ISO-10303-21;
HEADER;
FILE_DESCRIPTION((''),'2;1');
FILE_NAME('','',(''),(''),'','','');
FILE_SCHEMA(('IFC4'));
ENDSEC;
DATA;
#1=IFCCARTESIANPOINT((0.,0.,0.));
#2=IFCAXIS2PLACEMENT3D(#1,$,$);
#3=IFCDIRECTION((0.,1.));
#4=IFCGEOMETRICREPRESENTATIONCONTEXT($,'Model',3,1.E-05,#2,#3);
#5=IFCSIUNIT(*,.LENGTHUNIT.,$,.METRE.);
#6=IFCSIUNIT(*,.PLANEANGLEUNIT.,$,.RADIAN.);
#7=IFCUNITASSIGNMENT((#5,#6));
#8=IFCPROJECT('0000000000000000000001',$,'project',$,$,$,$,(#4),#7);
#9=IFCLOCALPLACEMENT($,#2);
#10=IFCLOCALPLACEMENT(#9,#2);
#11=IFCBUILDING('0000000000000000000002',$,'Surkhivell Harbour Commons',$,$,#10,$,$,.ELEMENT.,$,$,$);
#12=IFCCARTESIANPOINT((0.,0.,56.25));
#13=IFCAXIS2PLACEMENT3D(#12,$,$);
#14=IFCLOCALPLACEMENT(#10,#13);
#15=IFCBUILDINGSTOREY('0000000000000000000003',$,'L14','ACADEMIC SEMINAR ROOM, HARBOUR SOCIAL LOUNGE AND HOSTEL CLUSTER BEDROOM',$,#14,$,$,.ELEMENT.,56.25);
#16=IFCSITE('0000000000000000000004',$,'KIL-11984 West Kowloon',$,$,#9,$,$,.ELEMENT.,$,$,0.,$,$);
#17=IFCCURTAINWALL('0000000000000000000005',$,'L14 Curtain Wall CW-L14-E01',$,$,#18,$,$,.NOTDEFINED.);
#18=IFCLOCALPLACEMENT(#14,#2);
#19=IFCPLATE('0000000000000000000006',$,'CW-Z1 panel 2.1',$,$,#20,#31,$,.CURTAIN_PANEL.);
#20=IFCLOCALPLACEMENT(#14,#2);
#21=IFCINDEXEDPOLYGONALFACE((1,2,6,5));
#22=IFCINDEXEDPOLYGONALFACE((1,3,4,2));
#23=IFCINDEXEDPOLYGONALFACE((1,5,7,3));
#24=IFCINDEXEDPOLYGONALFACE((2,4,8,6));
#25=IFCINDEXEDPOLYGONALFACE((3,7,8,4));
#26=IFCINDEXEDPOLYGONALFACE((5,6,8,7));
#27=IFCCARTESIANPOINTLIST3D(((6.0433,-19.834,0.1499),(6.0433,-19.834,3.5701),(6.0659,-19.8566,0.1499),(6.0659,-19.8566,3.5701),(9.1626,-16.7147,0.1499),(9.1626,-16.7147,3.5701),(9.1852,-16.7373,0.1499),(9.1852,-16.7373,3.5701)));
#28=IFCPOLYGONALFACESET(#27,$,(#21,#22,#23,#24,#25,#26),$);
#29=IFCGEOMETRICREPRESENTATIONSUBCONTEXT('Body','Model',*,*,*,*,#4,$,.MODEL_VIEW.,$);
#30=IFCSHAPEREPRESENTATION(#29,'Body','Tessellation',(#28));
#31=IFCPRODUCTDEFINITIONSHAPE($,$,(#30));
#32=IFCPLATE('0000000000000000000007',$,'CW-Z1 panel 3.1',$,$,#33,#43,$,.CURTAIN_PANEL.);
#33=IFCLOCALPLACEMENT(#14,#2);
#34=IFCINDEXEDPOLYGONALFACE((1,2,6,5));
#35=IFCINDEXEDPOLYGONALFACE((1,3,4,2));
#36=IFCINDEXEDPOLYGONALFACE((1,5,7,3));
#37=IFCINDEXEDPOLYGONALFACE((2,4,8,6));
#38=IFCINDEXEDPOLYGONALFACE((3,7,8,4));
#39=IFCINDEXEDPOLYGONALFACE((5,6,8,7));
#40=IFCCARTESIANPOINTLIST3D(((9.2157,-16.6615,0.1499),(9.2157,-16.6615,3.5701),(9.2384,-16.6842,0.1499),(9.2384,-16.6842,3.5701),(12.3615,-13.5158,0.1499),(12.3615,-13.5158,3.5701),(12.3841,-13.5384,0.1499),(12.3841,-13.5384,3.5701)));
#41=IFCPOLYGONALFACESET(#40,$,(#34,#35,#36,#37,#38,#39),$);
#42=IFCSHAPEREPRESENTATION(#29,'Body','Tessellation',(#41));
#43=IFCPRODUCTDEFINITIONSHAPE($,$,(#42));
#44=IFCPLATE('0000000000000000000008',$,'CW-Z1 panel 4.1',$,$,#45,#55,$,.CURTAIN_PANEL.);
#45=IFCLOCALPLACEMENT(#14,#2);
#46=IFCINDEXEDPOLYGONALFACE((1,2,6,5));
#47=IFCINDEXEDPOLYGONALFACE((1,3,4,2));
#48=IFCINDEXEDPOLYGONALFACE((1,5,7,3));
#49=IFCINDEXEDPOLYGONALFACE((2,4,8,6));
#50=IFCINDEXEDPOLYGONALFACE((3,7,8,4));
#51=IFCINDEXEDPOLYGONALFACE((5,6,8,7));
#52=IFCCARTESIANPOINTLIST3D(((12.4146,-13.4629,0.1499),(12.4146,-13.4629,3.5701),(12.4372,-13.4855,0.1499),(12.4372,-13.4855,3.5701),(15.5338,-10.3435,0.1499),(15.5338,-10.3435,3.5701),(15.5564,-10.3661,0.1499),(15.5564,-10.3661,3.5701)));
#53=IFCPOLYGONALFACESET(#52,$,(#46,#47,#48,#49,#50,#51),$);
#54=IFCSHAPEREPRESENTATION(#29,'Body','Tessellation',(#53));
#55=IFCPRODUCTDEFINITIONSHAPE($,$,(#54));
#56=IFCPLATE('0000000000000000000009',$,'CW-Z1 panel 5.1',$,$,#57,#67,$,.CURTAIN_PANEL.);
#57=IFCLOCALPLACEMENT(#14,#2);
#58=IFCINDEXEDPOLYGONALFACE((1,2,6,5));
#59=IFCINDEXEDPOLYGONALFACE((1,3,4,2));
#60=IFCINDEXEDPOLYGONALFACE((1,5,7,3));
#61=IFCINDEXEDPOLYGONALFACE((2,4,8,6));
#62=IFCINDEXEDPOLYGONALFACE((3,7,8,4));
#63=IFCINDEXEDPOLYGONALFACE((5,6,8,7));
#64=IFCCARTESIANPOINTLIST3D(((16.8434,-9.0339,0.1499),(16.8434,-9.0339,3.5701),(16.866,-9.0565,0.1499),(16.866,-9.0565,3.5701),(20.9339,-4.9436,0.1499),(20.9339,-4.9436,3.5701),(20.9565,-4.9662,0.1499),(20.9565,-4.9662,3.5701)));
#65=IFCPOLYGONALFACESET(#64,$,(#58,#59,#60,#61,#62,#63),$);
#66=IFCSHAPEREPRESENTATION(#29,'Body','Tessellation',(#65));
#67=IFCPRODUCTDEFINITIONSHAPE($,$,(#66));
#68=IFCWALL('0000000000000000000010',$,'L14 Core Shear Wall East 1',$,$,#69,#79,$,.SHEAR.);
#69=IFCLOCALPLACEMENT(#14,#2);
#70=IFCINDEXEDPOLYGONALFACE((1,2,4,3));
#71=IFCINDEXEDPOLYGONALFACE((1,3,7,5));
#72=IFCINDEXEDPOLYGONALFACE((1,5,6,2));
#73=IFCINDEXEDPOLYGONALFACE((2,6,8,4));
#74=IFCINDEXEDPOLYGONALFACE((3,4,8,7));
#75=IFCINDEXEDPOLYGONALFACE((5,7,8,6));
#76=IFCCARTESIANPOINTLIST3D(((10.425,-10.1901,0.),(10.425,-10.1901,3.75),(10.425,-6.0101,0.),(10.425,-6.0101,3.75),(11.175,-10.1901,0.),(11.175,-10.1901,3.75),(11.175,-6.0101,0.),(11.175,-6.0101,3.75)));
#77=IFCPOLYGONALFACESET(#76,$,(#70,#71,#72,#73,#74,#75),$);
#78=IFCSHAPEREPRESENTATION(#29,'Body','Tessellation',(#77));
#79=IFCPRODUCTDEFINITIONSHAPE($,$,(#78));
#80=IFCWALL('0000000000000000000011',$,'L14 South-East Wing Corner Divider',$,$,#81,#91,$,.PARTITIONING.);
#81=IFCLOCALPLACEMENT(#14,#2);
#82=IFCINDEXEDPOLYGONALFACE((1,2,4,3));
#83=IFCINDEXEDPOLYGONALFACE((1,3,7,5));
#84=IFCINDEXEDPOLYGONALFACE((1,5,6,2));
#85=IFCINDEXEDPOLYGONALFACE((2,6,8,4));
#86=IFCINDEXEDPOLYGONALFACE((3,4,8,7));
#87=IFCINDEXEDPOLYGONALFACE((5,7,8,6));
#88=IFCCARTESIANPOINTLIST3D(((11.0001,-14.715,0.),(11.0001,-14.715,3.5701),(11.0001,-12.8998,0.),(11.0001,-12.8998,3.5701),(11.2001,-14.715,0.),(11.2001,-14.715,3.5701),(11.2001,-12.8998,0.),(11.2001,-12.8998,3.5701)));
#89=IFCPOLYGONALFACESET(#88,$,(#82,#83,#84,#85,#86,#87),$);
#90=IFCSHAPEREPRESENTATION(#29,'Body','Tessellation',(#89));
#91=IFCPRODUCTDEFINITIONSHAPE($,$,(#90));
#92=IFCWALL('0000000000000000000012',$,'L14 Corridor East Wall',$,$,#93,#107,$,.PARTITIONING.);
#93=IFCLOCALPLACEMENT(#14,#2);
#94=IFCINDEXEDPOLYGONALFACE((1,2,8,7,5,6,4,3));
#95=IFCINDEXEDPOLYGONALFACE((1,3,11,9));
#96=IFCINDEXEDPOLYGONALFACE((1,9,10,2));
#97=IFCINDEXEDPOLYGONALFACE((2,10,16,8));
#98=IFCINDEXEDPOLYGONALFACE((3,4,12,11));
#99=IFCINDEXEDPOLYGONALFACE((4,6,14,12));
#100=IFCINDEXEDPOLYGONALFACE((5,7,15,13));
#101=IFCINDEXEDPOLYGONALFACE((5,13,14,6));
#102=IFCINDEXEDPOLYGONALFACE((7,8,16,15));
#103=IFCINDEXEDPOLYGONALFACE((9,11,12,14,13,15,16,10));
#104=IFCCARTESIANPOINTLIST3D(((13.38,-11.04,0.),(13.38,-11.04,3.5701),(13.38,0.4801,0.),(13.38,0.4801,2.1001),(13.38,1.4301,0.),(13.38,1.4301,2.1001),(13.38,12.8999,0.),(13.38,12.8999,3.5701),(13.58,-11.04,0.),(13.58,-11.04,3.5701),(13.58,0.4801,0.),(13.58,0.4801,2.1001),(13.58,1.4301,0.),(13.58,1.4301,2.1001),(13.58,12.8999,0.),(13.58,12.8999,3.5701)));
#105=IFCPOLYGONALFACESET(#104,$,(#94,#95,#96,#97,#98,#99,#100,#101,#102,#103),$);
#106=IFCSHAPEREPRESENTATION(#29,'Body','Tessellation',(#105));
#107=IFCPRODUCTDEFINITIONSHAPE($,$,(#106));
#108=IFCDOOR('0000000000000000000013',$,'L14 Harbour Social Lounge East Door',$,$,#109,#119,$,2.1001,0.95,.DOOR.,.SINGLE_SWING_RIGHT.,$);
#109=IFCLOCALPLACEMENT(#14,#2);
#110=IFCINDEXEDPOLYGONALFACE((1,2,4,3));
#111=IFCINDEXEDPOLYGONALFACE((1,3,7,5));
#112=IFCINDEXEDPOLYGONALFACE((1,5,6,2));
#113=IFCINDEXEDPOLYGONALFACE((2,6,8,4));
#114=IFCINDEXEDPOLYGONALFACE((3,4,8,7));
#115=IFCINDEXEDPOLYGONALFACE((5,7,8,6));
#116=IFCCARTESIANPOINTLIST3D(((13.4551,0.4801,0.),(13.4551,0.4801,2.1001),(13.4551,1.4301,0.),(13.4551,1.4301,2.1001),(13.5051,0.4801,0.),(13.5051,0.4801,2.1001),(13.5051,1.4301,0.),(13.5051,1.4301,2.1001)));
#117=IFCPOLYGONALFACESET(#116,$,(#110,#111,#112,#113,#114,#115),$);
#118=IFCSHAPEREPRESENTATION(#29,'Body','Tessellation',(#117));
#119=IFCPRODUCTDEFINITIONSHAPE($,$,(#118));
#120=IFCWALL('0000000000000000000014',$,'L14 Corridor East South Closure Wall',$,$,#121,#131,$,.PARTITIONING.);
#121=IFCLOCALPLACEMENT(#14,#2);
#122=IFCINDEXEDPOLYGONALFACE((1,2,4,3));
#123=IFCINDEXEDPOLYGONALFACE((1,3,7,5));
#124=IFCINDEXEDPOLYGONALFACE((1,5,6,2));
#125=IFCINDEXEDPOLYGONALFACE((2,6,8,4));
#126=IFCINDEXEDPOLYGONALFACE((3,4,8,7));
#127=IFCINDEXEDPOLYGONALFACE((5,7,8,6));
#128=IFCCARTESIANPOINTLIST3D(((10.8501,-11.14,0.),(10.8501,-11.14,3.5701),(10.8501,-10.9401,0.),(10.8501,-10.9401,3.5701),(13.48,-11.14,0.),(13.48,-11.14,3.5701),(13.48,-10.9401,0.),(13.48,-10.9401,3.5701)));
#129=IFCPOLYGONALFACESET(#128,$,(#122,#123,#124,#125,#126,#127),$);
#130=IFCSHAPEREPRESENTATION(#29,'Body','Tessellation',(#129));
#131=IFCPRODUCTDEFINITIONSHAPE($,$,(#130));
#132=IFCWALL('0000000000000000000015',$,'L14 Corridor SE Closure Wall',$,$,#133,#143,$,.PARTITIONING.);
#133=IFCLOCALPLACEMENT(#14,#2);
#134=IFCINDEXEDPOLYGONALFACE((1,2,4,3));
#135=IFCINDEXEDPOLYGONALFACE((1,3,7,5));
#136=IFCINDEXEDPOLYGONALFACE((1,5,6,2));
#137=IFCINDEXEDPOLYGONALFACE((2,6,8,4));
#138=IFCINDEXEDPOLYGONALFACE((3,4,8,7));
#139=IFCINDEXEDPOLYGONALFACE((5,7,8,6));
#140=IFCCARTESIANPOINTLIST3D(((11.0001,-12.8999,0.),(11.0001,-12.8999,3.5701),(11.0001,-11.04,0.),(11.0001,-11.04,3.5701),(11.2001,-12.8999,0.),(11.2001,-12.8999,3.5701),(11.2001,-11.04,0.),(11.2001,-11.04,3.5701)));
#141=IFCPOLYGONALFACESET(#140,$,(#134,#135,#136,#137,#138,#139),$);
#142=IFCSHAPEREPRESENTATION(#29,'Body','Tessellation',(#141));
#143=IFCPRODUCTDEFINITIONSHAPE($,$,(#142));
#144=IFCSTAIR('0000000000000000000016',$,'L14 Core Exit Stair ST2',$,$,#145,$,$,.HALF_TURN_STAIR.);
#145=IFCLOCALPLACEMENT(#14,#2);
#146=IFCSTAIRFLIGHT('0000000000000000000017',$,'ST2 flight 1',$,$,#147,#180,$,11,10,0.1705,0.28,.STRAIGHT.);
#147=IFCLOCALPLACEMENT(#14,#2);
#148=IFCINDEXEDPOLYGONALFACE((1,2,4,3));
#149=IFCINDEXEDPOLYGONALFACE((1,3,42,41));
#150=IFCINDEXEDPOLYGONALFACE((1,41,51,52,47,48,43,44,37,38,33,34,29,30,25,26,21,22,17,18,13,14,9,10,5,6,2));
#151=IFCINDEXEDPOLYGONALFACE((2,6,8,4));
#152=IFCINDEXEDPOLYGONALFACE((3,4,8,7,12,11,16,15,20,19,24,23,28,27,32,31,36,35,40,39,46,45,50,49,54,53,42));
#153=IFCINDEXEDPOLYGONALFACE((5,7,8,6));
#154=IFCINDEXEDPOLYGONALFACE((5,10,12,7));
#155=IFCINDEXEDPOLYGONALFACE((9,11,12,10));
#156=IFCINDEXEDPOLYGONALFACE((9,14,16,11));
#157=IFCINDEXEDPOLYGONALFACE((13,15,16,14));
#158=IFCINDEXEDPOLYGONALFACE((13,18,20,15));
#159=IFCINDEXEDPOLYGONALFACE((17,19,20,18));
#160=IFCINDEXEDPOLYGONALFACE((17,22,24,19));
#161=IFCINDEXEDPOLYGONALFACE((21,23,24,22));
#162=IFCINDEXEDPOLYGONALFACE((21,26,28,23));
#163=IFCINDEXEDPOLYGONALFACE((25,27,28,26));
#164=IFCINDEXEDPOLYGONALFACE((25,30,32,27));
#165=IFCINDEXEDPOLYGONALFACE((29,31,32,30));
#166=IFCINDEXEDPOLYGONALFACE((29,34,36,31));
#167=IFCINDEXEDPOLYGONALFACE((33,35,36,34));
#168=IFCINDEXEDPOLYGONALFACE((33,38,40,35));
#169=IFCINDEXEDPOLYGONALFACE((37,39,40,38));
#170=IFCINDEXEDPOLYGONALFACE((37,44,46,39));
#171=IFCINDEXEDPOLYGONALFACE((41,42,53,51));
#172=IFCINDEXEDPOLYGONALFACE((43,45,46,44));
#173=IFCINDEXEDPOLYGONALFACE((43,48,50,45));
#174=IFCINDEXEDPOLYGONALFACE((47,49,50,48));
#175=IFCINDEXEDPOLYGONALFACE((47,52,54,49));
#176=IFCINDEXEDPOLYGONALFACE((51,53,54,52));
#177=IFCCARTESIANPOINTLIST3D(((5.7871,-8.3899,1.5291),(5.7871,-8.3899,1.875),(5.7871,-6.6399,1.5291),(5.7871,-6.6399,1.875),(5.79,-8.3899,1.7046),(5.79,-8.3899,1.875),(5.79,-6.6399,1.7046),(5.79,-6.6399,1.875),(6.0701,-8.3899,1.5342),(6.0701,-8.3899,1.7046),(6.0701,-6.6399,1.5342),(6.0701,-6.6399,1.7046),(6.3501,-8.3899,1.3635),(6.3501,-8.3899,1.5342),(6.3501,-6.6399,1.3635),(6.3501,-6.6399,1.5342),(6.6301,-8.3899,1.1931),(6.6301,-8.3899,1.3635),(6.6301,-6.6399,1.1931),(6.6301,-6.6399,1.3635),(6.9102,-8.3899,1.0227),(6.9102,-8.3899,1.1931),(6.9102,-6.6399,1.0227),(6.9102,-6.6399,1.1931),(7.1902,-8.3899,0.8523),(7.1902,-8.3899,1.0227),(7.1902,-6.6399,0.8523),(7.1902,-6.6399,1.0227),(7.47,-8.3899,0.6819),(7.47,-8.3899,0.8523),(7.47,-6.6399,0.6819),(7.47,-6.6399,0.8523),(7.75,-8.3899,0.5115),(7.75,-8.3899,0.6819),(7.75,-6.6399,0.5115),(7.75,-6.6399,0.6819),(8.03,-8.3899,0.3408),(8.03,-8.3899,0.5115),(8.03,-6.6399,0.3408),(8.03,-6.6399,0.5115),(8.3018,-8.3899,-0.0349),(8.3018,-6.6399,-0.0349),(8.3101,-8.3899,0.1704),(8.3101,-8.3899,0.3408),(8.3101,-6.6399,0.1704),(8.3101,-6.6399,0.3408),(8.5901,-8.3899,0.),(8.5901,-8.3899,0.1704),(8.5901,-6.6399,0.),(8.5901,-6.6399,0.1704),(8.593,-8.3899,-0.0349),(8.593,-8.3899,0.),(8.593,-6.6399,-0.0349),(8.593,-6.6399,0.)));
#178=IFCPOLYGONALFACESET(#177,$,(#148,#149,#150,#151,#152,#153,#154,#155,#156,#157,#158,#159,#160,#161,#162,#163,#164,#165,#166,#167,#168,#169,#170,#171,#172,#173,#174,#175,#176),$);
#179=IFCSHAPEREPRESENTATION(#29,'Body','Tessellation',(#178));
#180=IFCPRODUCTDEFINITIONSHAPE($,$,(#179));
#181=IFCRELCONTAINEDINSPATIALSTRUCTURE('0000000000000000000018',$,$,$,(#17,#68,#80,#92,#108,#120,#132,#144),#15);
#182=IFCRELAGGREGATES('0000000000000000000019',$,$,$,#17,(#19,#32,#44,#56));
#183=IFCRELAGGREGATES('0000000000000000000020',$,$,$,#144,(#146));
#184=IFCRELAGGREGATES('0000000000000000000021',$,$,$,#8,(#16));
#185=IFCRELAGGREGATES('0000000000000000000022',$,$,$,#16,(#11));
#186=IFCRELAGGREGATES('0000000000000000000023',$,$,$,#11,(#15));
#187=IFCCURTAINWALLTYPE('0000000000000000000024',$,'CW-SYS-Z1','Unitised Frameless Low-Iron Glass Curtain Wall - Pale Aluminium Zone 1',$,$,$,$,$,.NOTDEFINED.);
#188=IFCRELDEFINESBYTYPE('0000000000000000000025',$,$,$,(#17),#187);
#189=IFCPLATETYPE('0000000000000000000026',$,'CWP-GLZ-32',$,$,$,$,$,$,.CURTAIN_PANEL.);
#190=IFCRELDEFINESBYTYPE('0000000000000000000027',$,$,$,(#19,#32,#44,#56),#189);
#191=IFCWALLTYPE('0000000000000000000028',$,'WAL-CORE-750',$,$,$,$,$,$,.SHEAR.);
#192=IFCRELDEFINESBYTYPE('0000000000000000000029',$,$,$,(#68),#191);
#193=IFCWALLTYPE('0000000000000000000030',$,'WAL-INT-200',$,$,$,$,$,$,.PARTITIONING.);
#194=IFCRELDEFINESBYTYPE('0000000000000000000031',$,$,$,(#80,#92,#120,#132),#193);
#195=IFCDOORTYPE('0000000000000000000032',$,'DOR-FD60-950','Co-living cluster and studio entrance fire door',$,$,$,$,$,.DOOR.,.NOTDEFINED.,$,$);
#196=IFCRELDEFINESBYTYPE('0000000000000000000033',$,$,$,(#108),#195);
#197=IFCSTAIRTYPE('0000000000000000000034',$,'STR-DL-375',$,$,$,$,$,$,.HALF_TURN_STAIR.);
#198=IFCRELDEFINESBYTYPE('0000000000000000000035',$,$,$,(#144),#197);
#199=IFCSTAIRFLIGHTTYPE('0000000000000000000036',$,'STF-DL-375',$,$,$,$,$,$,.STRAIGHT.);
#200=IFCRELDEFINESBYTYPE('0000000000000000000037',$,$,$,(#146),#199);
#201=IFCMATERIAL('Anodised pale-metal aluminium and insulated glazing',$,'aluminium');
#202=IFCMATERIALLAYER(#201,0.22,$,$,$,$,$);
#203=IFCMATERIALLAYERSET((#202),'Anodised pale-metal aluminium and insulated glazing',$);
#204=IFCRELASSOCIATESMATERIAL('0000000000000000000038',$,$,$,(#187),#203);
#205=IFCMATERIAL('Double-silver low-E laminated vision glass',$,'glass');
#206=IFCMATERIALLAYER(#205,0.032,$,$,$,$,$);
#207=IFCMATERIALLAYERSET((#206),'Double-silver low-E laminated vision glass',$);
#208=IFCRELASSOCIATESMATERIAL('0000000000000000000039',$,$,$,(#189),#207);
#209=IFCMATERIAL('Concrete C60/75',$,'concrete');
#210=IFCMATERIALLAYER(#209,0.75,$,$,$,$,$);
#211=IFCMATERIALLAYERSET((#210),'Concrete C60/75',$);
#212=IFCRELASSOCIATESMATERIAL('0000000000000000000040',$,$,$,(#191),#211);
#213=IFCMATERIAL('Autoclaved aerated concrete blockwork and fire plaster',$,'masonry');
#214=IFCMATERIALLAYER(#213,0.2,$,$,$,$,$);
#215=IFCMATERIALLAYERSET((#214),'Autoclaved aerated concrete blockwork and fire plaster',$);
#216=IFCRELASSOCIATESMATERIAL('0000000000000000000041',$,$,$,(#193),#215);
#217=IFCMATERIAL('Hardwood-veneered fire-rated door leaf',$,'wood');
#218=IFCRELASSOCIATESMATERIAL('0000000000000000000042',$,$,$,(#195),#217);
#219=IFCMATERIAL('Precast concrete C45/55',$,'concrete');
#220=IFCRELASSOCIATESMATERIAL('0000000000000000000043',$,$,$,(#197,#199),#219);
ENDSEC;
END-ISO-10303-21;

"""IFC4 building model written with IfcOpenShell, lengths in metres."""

from ifc_helpers import new_model, si_unit, direction, frame, frame_2d, origin, place, context, subcontext, project, spatial, polyline, rectangle, outline, extrude, material, layer, layer_set, type_object, element, fill, aggregate, save


model = new_model("IFC4")

# Units and contexts
model_context = context("Model", 3, precision=1e-05, world=origin(), true_north=direction((0.0, 1.0)))
body_context = subcontext(model_context, "Body", "Model", "MODEL_VIEW")
ifc_project = project(units=[si_unit("LENGTHUNIT", "METRE"), si_unit("PLANEANGLEUNIT", "RADIAN")], contexts=[model_context])

# Site, building, storey
site_placement = place(None, origin())
site = spatial("IfcSite", under=ifc_project, at=site_placement, Name="KIL-11984 West Kowloon", CompositionType="ELEMENT", RefElevation=0.0)
building_placement = place(site_placement, origin())
building = spatial("IfcBuilding", under=site, at=building_placement, Name="Surkhivell Harbour Commons", CompositionType="ELEMENT")
storey_placement = place(building_placement, frame((0.0, 0.0, 56.25)))
storey = spatial("IfcBuildingStorey", under=building, at=storey_placement, Name="L14", Description="ACADEMIC SEMINAR ROOM, HARBOUR SOCIAL LOUNGE AND HOSTEL CLUSTER BEDROOM", CompositionType="ELEMENT", Elevation=56.25)

# Curtain wall, plates
ifc_material_1 = material(Name="Anodised pale-metal aluminium and insulated glazing", Category="aluminium")
ifc_layer_1 = layer(ifc_material_1, 0.22)
ifc_layer_set_1 = layer_set([ifc_layer_1], Name="Anodised pale-metal aluminium and insulated glazing")
curtain_wall_type = type_object("IfcCurtainWallType", Name="CW-SYS-Z1", Description="Unitised Frameless Low-Iron Glass Curtain Wall - Pale Aluminium Zone 1", PredefinedType="NOTDEFINED", material=ifc_layer_set_1)
curtain_wall_placement = place(storey_placement, origin())
curtain_wall = element("IfcCurtainWall", 1, at=curtain_wall_placement, inside=storey, type_object=curtain_wall_type, Name="L14 Curtain Wall CW-L14-E01", PredefinedType="NOTDEFINED")
ifc_material_2 = material(Name="Double-silver low-E laminated vision glass", Category="glass")
ifc_layer_2 = layer(ifc_material_2, 0.032)
ifc_layer_set_2 = layer_set([ifc_layer_2], Name="Double-silver low-E laminated vision glass")
plate_type = type_object("IfcPlateType", Name="CWP-GLZ-32", PredefinedType="CURTAIN_PANEL", material=ifc_layer_set_2)
plate_1_placement = place(storey_placement, frame((6.0547, -19.8452, 0.1499), z_axis=(0.0, 0.0, 1.0), x_axis=(0.707107, 0.707107, 0.0)))
plate_1 = element("IfcPlate", 2, at=plate_1_placement, type_object=plate_type, Name="CW-Z1 panel 2.1", PredefinedType="CURTAIN_PANEL", context=body_context, shape_type="SweptSolid", body=[
    extrude(rectangle(XDim=4.4114, YDim=0.032, at=frame_2d((2.2056, 0.0))), origin(), (0.0, 0.0, 1.0), 3.4202),
])
plate_2_placement = place(storey_placement, frame((9.2271, -16.6729, 0.1499), z_axis=(0.0, 0.0, 1.0), x_axis=(0.707107, 0.707107, 0.0)))
plate_2 = element("IfcPlate", 3, at=plate_2_placement, type_object=plate_type, Name="CW-Z1 panel 3.1", PredefinedType="CURTAIN_PANEL", context=body_context, shape_type="SweptSolid", body=[
    extrude(rectangle(XDim=4.4487, YDim=0.032, at=frame_2d((2.2244, 0.0))), origin(), (0.0, 0.0, 1.0), 3.4202),
])
plate_3_placement = place(storey_placement, frame((12.426, -13.4741, 0.1499), z_axis=(0.0, 0.0, 1.0), x_axis=(0.707079, 0.707134, 0.0)))
plate_3 = element("IfcPlate", 4, at=plate_3_placement, type_object=plate_type, Name="CW-Z1 panel 4.1", PredefinedType="CURTAIN_PANEL", context=body_context, shape_type="SweptSolid", body=[
    extrude(rectangle(XDim=4.4114, YDim=0.032, at=frame_2d((2.2056, 0.0))), origin(), (0.0, 0.0, 1.0), 3.4202),
])
plate_4_placement = place(storey_placement, frame((16.8547, -9.0452, 0.1499), z_axis=(0.0, 0.0, 1.0), x_axis=(0.707128, 0.707086, 0.0)))
plate_4 = element("IfcPlate", 5, at=plate_4_placement, type_object=plate_type, Name="CW-Z1 panel 5.1", PredefinedType="CURTAIN_PANEL", context=body_context, shape_type="SweptSolid", body=[
    extrude(rectangle(XDim=5.7847, YDim=0.032, at=frame_2d((2.8923, 0.0))), origin(), (0.0, 0.0, 1.0), 3.4202),
])
aggregate(curtain_wall, [plate_1, plate_2, plate_3, plate_4])

# Walls
ifc_material_3 = material(Name="Concrete C60/75", Category="concrete")
ifc_layer_3 = layer(ifc_material_3, 0.75)
ifc_layer_set_3 = layer_set([ifc_layer_3], Name="Concrete C60/75")
wall_type_1 = type_object("IfcWallType", Name="WAL-CORE-750", PredefinedType="SHEAR", material=ifc_layer_set_3)
wall_1_placement = place(storey_placement, frame((10.8, -10.1899, 0.0), z_axis=(0.0, 0.0, 1.0), x_axis=(0.0, 1.0, 0.0)))
element("IfcWall", 6, at=wall_1_placement, inside=storey, type_object=wall_type_1, Name="L14 Core Shear Wall East 1", PredefinedType="SHEAR", context=body_context, shape_type="SweptSolid", body=[
    extrude(rectangle(XDim=4.1799, YDim=0.75, at=frame_2d((2.0898, 0.0))), origin(), (0.0, 0.0, 1.0), 3.75),
])
ifc_material_4 = material(Name="Autoclaved aerated concrete blockwork and fire plaster", Category="masonry")
ifc_layer_4 = layer(ifc_material_4, 0.2)
ifc_layer_set_4 = layer_set([ifc_layer_4], Name="Autoclaved aerated concrete blockwork and fire plaster")
wall_type_2 = type_object("IfcWallType", Name="WAL-INT-200", PredefinedType="PARTITIONING", material=ifc_layer_set_4)
wall_2_placement = place(storey_placement, frame((11.1001, -14.7151, 0.0), z_axis=(0.0, 0.0, 1.0), x_axis=(0.0, 1.0, 0.0)))
element("IfcWall", 7, at=wall_2_placement, inside=storey, type_object=wall_type_2, Name="L14 South-East Wing Corner Divider", PredefinedType="PARTITIONING", context=body_context, shape_type="SweptSolid", body=[
    extrude(rectangle(XDim=1.8152, YDim=0.2, at=frame_2d((0.9077, 0.0))), origin(), (0.0, 0.0, 1.0), 3.5701),
])

# Wall, opening, door
wall_3_placement = place(storey_placement, frame((13.48, -11.04, 0.0), z_axis=(0.0, 0.0, 1.0), x_axis=(0.0, 1.0, 0.0)))
wall_3 = element("IfcWall", 8, at=wall_3_placement, inside=storey, type_object=wall_type_2, Name="L14 Corridor East Wall", PredefinedType="PARTITIONING", context=body_context, shape_type="SweptSolid", body=[
    extrude(rectangle(XDim=23.9399, YDim=0.2, at=frame_2d((11.97, 0.0))), origin(), (0.0, 0.0, 1.0), 3.5701),
])
opening_placement = place(wall_3_placement, frame((11.52, 0.0, 0.0)))
opening = element("IfcOpeningElement", 9, at=opening_placement, cuts=wall_3, PredefinedType="OPENING", context=body_context, shape_type="SweptSolid", body=[
    extrude(rectangle(XDim=0.95, YDim=2.1001, at=frame_2d((0.4751, 1.05))), frame((0.0, 0.1099, 0.0), z_axis=(0.0, -1.0, 0.0), x_axis=(1.0, 0.0, 0.0)), (0.0, 0.0, 1.0), 0.22),
])
ifc_material_5 = material(Name="Hardwood-veneered fire-rated door leaf", Category="wood")
door_type = type_object("IfcDoorType", Name="DOR-FD60-950", Description="Co-living cluster and studio entrance fire door", OperationType="NOTDEFINED", PredefinedType="DOOR", material=ifc_material_5)
door_placement = place(opening_placement, origin())
door = element("IfcDoor", 10, at=door_placement, inside=storey, type_object=door_type, Name="L14 Harbour Social Lounge East Door", OperationType="SINGLE_SWING_RIGHT", OverallHeight=2.1001, OverallWidth=0.95, PredefinedType="DOOR", context=body_context, shape_type="SweptSolid", body=[
    extrude(rectangle(XDim=0.95, YDim=2.1001, at=frame_2d((0.4751, 1.05))), frame((0.0, 0.0249, 0.0), z_axis=(0.0, -1.0, 0.0), x_axis=(1.0, 0.0, 0.0)), (0.0, 0.0, 1.0), 0.05),
])
fill(opening, door)

# Walls
wall_4_placement = place(storey_placement, frame((10.8501, -11.04, 0.0), z_axis=(0.0, 0.0, 1.0), x_axis=(1.0, 0.0, 0.0)))
element("IfcWall", 11, at=wall_4_placement, inside=storey, type_object=wall_type_2, Name="L14 Corridor East South Closure Wall", PredefinedType="PARTITIONING", context=body_context, shape_type="SweptSolid", body=[
    extrude(rectangle(XDim=2.6299, YDim=0.2, at=frame_2d((1.3149, 0.0))), origin(), (0.0, 0.0, 1.0), 3.5701),
])
wall_5_placement = place(storey_placement, frame((11.1001, -12.8999, 0.0), z_axis=(0.0, 0.0, 1.0), x_axis=(0.0, 1.0, 0.0)))
element("IfcWall", 12, at=wall_5_placement, inside=storey, type_object=wall_type_2, Name="L14 Corridor SE Closure Wall", PredefinedType="PARTITIONING", context=body_context, shape_type="SweptSolid", body=[
    extrude(rectangle(XDim=1.8599, YDim=0.2, at=frame_2d((0.9299, 0.0))), origin(), (0.0, 0.0, 1.0), 3.5701),
])

# Stair, stair flight
ifc_material_6 = material(Name="Precast concrete C45/55", Category="concrete")
stair_type = type_object("IfcStairType", Name="STR-DL-375", PredefinedType="HALF_TURN_STAIR", material=ifc_material_6)
stair_placement = place(storey_placement, origin())
stair = element("IfcStair", 13, at=stair_placement, inside=storey, type_object=stair_type, Name="L14 Core Exit Stair ST2", PredefinedType="HALF_TURN_STAIR")
stair_flight_type = type_object("IfcStairFlightType", Name="STF-DL-375", PredefinedType="STRAIGHT", material=ifc_material_6)
stair_flight_placement = place(storey_placement, frame((8.5901, -7.5149, 0.0), z_axis=(0.0, 0.0, 1.0), x_axis=(-1.0, 0.0, 0.0)))
stair_flight = element("IfcStairFlight", 14, at=stair_flight_placement, type_object=stair_flight_type, Name="ST2 flight 1", NumberOfRisers=11, NumberOfTreads=10, PredefinedType="STRAIGHT", RiserHeight=0.1705, TreadLength=0.28, context=body_context, shape_type="SweptSolid", body=[
    extrude(outline(polyline([(-0.0029, -0.0349), (-0.0029, 0.0), (0.0, 0.0), (0.0, 0.1704), (0.28, 0.1704), (0.28, 0.3408), (0.5601, 0.3408), (0.5601, 0.5115), (0.8401, 0.5115), (0.8401, 0.6819), (1.1201, 0.6819), (1.1201, 0.8523), (1.3999, 0.8523), (1.3999, 1.0227), (1.6799, 1.0227), (1.6799, 1.1931), (1.96, 1.1931), (1.96, 1.3635), (2.24, 1.3635), (2.24, 1.5342), (2.52, 1.5342), (2.52, 1.7046), (2.8, 1.7046), (2.8, 1.875), (2.803, 1.875), (2.803, 1.5291), (0.2883, -0.0349), (-0.0029, -0.0349)])), frame((0.0, 0.875, 0.0), z_axis=(0.0, -1.0, 0.0), x_axis=(1.0, 0.0, 0.0)), (0.0, 0.0, 1.0), 1.75),
])
aggregate(stair, [stair_flight])

save(model, "model.ifc")
